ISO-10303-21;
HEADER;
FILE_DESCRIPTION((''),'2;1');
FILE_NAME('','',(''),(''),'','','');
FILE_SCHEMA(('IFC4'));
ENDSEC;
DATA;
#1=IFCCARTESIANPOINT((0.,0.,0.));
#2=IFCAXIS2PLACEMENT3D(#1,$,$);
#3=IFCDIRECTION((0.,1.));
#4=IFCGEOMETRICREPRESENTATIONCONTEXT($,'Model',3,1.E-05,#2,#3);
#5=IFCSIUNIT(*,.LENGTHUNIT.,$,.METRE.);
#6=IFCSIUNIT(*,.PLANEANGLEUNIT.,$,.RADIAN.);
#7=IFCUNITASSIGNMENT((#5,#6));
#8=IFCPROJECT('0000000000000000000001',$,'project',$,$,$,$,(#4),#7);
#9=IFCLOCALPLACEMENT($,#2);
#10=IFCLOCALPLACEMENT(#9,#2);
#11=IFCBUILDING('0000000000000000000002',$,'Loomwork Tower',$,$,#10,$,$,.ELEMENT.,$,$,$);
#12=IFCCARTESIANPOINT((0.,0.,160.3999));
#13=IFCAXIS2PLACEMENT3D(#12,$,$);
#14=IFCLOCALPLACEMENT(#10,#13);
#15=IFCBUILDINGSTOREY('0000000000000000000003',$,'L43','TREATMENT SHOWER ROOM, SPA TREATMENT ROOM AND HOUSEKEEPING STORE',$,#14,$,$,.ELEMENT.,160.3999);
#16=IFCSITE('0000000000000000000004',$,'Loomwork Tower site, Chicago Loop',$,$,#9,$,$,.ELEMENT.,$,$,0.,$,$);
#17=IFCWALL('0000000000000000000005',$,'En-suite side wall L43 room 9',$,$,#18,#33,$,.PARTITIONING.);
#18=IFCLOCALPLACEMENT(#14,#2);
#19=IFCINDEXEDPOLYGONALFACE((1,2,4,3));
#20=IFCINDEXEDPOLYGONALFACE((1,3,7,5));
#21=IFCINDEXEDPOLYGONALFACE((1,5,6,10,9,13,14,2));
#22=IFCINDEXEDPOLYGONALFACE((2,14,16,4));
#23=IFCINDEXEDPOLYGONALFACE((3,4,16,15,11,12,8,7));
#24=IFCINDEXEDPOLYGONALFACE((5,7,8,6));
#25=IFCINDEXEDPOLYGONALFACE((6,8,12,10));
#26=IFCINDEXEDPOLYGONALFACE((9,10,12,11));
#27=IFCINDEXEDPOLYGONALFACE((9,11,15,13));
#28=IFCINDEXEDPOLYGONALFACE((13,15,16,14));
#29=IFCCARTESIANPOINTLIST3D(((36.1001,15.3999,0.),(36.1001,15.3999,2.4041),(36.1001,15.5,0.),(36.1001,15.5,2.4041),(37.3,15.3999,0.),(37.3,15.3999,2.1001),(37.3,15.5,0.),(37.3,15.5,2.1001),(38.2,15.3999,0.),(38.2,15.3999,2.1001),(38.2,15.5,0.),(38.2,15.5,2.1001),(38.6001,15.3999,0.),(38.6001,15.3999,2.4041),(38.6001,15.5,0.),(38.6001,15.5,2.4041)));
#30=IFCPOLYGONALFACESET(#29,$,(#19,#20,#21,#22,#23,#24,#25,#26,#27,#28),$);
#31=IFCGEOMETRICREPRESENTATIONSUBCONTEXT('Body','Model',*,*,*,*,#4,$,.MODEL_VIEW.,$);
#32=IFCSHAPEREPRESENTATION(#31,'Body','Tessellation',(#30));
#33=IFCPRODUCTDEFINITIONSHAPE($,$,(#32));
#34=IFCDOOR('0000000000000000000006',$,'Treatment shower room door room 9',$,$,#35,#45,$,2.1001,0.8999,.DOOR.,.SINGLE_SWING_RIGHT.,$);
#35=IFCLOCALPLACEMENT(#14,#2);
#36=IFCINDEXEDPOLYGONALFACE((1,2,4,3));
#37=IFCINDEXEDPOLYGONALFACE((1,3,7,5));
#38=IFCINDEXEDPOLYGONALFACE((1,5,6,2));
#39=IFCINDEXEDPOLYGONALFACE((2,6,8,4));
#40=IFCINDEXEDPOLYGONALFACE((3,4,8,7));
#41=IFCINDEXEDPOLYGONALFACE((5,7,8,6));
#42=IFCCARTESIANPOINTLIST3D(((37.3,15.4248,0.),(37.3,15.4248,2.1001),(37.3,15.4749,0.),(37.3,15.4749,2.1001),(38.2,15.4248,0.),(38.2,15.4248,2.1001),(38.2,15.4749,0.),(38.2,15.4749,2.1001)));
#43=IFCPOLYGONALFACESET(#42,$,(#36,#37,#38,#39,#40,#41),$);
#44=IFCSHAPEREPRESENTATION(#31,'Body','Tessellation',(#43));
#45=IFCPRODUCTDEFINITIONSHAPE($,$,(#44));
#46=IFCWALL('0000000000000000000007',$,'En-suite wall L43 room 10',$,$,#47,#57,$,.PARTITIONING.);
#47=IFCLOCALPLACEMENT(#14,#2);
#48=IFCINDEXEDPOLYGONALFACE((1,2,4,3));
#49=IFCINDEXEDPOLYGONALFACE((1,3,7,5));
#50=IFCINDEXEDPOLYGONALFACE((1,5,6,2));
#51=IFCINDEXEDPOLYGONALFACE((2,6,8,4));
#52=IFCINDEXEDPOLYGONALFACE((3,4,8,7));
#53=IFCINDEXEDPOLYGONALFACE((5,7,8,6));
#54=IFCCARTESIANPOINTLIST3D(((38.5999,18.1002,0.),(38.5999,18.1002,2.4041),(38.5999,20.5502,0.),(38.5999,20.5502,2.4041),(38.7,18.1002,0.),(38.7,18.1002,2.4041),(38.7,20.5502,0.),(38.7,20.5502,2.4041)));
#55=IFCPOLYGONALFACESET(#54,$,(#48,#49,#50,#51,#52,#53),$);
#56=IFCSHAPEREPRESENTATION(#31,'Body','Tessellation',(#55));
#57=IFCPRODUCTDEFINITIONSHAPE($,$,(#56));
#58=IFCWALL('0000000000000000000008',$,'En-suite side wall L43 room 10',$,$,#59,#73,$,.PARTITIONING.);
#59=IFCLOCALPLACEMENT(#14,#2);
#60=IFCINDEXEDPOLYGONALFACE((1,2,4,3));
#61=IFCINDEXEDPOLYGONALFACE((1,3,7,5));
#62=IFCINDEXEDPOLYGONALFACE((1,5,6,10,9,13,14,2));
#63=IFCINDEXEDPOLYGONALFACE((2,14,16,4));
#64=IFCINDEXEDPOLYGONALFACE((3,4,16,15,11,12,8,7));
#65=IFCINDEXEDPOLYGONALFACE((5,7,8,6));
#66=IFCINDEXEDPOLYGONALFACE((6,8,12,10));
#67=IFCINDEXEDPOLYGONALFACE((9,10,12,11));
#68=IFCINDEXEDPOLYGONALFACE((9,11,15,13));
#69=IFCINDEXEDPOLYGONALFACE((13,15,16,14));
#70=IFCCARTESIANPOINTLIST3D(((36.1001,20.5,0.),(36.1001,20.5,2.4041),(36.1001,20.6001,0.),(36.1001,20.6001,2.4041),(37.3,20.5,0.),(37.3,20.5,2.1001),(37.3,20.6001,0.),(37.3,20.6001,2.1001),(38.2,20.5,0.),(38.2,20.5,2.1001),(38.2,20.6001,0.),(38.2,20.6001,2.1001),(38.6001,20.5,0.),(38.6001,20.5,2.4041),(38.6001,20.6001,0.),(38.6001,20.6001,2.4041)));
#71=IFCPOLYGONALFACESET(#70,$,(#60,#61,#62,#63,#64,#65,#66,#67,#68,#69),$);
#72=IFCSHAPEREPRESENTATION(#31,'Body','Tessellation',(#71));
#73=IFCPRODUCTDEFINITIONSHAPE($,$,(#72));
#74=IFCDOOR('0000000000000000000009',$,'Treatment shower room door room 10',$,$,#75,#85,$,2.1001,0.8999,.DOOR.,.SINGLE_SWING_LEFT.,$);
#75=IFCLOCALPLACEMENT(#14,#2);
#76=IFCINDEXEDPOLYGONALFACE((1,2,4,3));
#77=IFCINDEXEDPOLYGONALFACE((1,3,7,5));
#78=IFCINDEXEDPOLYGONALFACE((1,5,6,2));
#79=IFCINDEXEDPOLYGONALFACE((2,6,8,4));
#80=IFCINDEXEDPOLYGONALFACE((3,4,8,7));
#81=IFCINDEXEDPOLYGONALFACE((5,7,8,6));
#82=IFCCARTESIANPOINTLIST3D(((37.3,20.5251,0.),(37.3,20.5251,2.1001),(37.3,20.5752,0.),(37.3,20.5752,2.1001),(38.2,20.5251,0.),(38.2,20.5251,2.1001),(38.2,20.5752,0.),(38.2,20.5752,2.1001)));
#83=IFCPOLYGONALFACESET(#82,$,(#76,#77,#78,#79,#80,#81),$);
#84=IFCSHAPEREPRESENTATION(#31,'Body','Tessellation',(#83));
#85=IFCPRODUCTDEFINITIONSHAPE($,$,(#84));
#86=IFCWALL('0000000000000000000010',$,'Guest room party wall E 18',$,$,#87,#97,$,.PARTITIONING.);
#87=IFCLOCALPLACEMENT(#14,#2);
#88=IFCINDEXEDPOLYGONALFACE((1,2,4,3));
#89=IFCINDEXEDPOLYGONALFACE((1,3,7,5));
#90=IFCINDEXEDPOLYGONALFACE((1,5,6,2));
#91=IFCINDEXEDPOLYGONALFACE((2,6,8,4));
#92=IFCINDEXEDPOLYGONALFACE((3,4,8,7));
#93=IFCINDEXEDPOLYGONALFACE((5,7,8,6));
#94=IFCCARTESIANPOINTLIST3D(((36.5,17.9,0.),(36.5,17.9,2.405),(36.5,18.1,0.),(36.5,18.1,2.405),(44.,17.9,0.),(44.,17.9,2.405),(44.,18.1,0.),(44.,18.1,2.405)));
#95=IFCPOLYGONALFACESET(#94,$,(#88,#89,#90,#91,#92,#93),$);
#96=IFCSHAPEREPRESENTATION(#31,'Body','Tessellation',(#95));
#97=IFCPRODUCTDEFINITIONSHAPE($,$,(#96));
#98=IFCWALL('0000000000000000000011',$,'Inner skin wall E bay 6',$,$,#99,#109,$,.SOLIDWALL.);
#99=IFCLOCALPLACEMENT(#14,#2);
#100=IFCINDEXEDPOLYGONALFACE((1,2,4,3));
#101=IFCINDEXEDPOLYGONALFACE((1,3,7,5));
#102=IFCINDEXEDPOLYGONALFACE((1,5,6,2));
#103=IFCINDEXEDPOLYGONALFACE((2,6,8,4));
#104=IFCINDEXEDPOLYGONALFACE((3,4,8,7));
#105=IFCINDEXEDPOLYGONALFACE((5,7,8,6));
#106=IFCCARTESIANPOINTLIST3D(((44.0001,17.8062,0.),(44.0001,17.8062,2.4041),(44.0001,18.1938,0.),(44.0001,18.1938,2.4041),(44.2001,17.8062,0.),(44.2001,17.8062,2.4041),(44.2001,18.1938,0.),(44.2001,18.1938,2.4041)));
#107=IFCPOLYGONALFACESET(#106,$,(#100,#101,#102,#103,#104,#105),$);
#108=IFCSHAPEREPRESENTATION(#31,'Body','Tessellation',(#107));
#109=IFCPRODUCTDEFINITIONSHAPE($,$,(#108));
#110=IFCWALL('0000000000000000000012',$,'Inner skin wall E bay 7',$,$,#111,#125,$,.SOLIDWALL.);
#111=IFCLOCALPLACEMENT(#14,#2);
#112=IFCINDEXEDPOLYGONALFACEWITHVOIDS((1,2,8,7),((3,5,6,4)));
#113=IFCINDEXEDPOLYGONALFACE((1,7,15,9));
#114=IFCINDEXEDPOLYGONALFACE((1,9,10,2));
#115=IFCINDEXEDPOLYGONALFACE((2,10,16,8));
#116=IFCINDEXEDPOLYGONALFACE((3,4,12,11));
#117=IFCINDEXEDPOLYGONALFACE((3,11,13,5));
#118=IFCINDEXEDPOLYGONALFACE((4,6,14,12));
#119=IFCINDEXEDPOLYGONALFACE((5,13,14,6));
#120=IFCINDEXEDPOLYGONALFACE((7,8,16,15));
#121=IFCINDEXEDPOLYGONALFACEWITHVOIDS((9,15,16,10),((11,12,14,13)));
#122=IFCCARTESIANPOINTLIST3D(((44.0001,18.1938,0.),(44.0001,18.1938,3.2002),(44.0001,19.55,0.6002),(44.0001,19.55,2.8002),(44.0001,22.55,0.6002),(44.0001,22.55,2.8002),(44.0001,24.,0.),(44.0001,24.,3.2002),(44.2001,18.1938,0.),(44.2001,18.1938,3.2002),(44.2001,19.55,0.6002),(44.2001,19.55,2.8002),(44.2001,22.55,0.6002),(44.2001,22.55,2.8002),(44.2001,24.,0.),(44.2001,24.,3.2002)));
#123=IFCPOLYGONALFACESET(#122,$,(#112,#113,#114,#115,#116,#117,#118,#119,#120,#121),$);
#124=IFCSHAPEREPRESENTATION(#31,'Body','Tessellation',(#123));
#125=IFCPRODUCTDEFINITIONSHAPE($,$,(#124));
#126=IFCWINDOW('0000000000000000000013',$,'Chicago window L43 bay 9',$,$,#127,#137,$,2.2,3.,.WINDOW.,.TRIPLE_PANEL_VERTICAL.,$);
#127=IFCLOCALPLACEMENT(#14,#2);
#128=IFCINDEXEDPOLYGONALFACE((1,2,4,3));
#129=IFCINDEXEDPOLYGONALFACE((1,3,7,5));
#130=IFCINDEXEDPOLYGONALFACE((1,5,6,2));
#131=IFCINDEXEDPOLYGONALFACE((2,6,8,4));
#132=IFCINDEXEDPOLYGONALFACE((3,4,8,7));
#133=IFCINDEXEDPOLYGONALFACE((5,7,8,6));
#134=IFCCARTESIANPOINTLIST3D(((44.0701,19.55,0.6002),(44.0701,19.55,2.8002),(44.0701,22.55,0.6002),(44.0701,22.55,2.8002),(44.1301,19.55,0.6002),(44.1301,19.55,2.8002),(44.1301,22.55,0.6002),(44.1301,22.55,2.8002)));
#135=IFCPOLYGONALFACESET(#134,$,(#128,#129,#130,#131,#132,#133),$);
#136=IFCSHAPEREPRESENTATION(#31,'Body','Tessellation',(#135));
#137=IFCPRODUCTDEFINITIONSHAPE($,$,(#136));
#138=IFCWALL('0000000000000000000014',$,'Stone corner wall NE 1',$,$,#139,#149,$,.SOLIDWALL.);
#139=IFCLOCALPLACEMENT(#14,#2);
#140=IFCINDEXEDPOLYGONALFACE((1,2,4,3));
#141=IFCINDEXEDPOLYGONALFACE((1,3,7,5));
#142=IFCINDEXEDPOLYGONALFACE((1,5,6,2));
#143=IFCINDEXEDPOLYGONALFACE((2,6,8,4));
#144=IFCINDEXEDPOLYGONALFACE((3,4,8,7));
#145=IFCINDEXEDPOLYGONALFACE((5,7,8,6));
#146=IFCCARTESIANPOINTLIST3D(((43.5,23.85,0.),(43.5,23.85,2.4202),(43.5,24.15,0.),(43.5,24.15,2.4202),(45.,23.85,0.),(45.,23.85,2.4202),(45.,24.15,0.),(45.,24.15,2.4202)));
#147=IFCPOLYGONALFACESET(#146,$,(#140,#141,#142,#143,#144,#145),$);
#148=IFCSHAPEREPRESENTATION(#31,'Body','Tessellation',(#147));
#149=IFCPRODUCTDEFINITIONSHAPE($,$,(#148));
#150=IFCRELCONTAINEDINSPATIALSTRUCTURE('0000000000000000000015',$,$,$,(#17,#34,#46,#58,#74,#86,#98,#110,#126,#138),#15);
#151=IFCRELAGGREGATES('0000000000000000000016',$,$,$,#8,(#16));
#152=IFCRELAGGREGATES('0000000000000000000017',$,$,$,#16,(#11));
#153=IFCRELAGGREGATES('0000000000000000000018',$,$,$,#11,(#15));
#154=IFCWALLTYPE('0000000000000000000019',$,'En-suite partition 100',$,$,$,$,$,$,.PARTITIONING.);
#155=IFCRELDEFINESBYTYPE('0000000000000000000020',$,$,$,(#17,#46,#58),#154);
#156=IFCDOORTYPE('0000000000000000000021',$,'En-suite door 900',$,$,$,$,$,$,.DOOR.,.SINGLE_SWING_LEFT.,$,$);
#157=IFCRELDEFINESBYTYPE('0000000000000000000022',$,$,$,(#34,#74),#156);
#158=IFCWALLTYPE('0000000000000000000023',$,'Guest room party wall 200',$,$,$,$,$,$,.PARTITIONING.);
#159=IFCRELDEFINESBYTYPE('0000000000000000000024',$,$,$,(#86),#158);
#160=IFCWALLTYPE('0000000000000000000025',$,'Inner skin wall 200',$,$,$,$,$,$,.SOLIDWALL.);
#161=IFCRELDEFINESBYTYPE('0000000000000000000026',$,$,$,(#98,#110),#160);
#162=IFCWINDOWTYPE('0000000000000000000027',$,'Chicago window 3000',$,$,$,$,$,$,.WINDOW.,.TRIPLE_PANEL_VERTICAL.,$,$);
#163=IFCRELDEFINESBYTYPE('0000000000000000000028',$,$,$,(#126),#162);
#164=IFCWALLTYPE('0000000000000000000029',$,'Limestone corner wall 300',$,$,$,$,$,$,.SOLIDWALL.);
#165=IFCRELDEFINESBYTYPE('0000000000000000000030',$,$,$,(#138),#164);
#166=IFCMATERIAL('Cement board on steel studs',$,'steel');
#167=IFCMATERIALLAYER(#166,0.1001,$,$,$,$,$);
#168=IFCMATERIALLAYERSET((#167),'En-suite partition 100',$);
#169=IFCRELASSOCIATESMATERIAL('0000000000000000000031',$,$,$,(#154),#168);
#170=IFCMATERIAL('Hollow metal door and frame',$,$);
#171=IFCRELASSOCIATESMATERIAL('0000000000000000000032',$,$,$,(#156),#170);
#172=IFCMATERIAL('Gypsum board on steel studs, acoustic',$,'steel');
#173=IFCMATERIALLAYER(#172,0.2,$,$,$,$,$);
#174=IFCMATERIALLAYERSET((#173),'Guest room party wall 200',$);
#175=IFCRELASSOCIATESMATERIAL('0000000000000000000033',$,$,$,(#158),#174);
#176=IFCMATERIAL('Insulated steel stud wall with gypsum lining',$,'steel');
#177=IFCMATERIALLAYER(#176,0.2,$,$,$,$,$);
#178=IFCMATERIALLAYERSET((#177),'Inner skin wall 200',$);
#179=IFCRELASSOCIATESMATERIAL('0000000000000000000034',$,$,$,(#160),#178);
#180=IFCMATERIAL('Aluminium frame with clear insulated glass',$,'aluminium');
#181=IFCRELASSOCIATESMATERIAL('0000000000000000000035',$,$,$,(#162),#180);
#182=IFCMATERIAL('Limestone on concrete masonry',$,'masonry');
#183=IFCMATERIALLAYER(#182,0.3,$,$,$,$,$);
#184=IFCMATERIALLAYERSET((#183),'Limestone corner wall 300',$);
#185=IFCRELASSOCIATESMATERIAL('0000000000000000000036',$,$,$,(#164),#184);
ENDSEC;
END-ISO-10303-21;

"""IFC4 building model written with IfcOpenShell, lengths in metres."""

from ifc_helpers import new_model, si_unit, direction, frame, frame_2d, origin, place, context, subcontext, project, spatial, rectangle, extrude, material, layer, layer_set, type_object, element, fill, save


model = new_model("IFC4")

# Units and contexts
model_context = context("Model", 3, precision=1e-05, world=origin(), true_north=direction((0.0, 1.0)))
body_context = subcontext(model_context, "Body", "Model", "MODEL_VIEW")
ifc_project = project(units=[si_unit("LENGTHUNIT", "METRE"), si_unit("PLANEANGLEUNIT", "RADIAN")], contexts=[model_context])

# Site, building, storey
site_placement = place(None, origin())
site = spatial("IfcSite", under=ifc_project, at=site_placement, Name="Loomwork Tower site, Chicago Loop", CompositionType="ELEMENT", RefElevation=0.0)
building_placement = place(site_placement, origin())
building = spatial("IfcBuilding", under=site, at=building_placement, Name="Loomwork Tower", CompositionType="ELEMENT")
storey_placement = place(building_placement, frame((0.0, 0.0, 160.3999)))
storey = spatial("IfcBuildingStorey", under=building, at=storey_placement, Name="L43", Description="TREATMENT SHOWER ROOM, SPA TREATMENT ROOM AND HOUSEKEEPING STORE", CompositionType="ELEMENT", Elevation=160.3999)

# Shared definitions
ifc_material_1 = material(Name="Cement board on steel studs", Category="steel")
ifc_layer_1 = layer(ifc_material_1, 0.1001)
ifc_layer_set_1 = layer_set([ifc_layer_1], Name="En-suite partition 100")
wall_type_1 = type_object("IfcWallType", Name="En-suite partition 100", PredefinedType="PARTITIONING", material=ifc_layer_set_1)

# Wall, opening, door
wall_1_placement = place(storey_placement, frame((36.1001, 15.45, 0.0), z_axis=(0.0, 0.0, 1.0), x_axis=(1.0, 0.0, 0.0)))
wall_1 = element("IfcWall", 1, at=wall_1_placement, inside=storey, type_object=wall_type_1, Name="En-suite side wall L43 room 9", PredefinedType="PARTITIONING", context=body_context, shape_type="SweptSolid", body=[
    extrude(rectangle(XDim=2.5, YDim=0.1001, at=frame_2d((1.25, 0.0))), origin(), (0.0, 0.0, 1.0), 2.4041),
])
opening_1_placement = place(wall_1_placement, frame((1.2, 0.0, 0.0)))
opening_1 = element("IfcOpeningElement", 2, at=opening_1_placement, cuts=wall_1, PredefinedType="OPENING", context=body_context, shape_type="SweptSolid", body=[
    extrude(rectangle(XDim=0.8999, YDim=2.1001, at=frame_2d((0.45, 1.05))), frame((0.0, 0.0601, 0.0), z_axis=(0.0, -1.0, 0.0), x_axis=(1.0, 0.0, 0.0)), (0.0, 0.0, 1.0), 0.1201),
])
ifc_material_2 = material(Name="Hollow metal door and frame")
door_type = type_object("IfcDoorType", Name="En-suite door 900", OperationType="SINGLE_SWING_LEFT", PredefinedType="DOOR", material=ifc_material_2)
door_1_placement = place(opening_1_placement, origin())
door_1 = element("IfcDoor", 3, at=door_1_placement, inside=storey, type_object=door_type, Name="Treatment shower room door room 9", OperationType="SINGLE_SWING_RIGHT", OverallHeight=2.1001, OverallWidth=0.8999, PredefinedType="DOOR", context=body_context, shape_type="SweptSolid", body=[
    extrude(rectangle(XDim=0.8999, YDim=2.1001, at=frame_2d((0.45, 1.05))), frame((0.0, 0.0249, 0.0), z_axis=(0.0, -1.0, 0.0), x_axis=(1.0, 0.0, 0.0)), (0.0, 0.0, 1.0), 0.05),
])
fill(opening_1, door_1)

# Wall
wall_2_placement = place(storey_placement, frame((38.6499, 18.1001, 0.0), z_axis=(0.0, 0.0, 1.0), x_axis=(0.0, 1.0, 0.0)))
element("IfcWall", 4, at=wall_2_placement, inside=storey, type_object=wall_type_1, Name="En-suite wall L43 room 10", PredefinedType="PARTITIONING", context=body_context, shape_type="SweptSolid", body=[
    extrude(rectangle(XDim=2.45, YDim=0.1001, at=frame_2d((1.2251, 0.0))), origin(), (0.0, 0.0, 1.0), 2.4041),
])

# Wall, opening, door
wall_3_placement = place(storey_placement, frame((36.1001, 20.55, 0.0), z_axis=(0.0, 0.0, 1.0), x_axis=(1.0, 0.0, 0.0)))
wall_3 = element("IfcWall", 5, at=wall_3_placement, inside=storey, type_object=wall_type_1, Name="En-suite side wall L43 room 10", PredefinedType="PARTITIONING", context=body_context, shape_type="SweptSolid", body=[
    extrude(rectangle(XDim=2.5, YDim=0.1001, at=frame_2d((1.25, 0.0))), origin(), (0.0, 0.0, 1.0), 2.4041),
])
opening_2_placement = place(wall_3_placement, frame((1.2, 0.0, 0.0)))
opening_2 = element("IfcOpeningElement", 6, at=opening_2_placement, cuts=wall_3, PredefinedType="OPENING", context=body_context, shape_type="SweptSolid", body=[
    extrude(rectangle(XDim=0.8999, YDim=2.1001, at=frame_2d((0.45, 1.05))), frame((0.0, 0.0601, 0.0), z_axis=(0.0, -1.0, 0.0), x_axis=(1.0, 0.0, 0.0)), (0.0, 0.0, 1.0), 0.1201),
])
door_2_placement = place(opening_2_placement, frame((0.8999, 0.0, 0.0), z_axis=(0.0, 0.0, 1.0), x_axis=(-1.0, 0.0, 0.0)))
door_2 = element("IfcDoor", 7, at=door_2_placement, inside=storey, type_object=door_type, Name="Treatment shower room door room 10", OperationType="SINGLE_SWING_LEFT", OverallHeight=2.1001, OverallWidth=0.8999, PredefinedType="DOOR", context=body_context, shape_type="SweptSolid", body=[
    extrude(rectangle(XDim=0.8999, YDim=2.1001, at=frame_2d((0.45, 1.05))), frame((0.0, 0.0249, 0.0), z_axis=(0.0, -1.0, 0.0), x_axis=(1.0, 0.0, 0.0)), (0.0, 0.0, 1.0), 0.05),
])
fill(opening_2, door_2)

# Walls
ifc_material_3 = material(Name="Gypsum board on steel studs, acoustic", Category="steel")
ifc_layer_2 = layer(ifc_material_3, 0.2)
ifc_layer_set_2 = layer_set([ifc_layer_2], Name="Guest room party wall 200")
wall_type_2 = type_object("IfcWallType", Name="Guest room party wall 200", PredefinedType="PARTITIONING", material=ifc_layer_set_2)
wall_4_placement = place(storey_placement, frame((36.5, 18.0, 0.0), z_axis=(0.0, 0.0, 1.0), x_axis=(1.0, 0.0, 0.0)))
element("IfcWall", 8, at=wall_4_placement, inside=storey, type_object=wall_type_2, Name="Guest room party wall E 18", PredefinedType="PARTITIONING", context=body_context, shape_type="SweptSolid", body=[
    extrude(rectangle(XDim=7.5, YDim=0.2, at=frame_2d((3.75, 0.0))), origin(), (0.0, 0.0, 1.0), 2.405),
])
ifc_material_4 = material(Name="Insulated steel stud wall with gypsum lining", Category="steel")
ifc_layer_3 = layer(ifc_material_4, 0.2)
ifc_layer_set_3 = layer_set([ifc_layer_3], Name="Inner skin wall 200")
wall_type_3 = type_object("IfcWallType", Name="Inner skin wall 200", PredefinedType="SOLIDWALL", material=ifc_layer_set_3)
wall_5_placement = place(storey_placement, frame((44.1001, 17.8062, 0.0), z_axis=(0.0, 0.0, 1.0), x_axis=(0.0, 1.0, 0.0)))
element("IfcWall", 9, at=wall_5_placement, inside=storey, type_object=wall_type_3, Name="Inner skin wall E bay 6", PredefinedType="SOLIDWALL", context=body_context, shape_type="SweptSolid", body=[
    extrude(rectangle(XDim=0.3877, YDim=0.2, at=frame_2d((0.1938, 0.0))), origin(), (0.0, 0.0, 1.0), 2.4041),
])

# Wall, opening, window
wall_6_placement = place(storey_placement, frame((44.1001, 18.1938, 0.0), z_axis=(0.0, 0.0, 1.0), x_axis=(0.0, 1.0, 0.0)))
wall_6 = element("IfcWall", 10, at=wall_6_placement, inside=storey, type_object=wall_type_3, Name="Inner skin wall E bay 7", PredefinedType="SOLIDWALL", context=body_context, shape_type="SweptSolid", body=[
    extrude(rectangle(XDim=5.8062, YDim=0.2, at=frame_2d((2.9031, 0.0))), origin(), (0.0, 0.0, 1.0), 3.2002),
])
opening_3_placement = place(wall_6_placement, frame((1.3562, 0.0, 0.6001)))
opening_3 = element("IfcOpeningElement", 11, at=opening_3_placement, cuts=wall_6, PredefinedType="OPENING", context=body_context, shape_type="SweptSolid", body=[
    extrude(rectangle(XDim=3.0, YDim=2.2, at=frame_2d((1.5, 1.1001))), frame((0.0, 0.1099, 0.0), z_axis=(0.0, -1.0, 0.0), x_axis=(1.0, 0.0, 0.0)), (0.0, 0.0, 1.0), 0.22),
])
ifc_material_5 = material(Name="Aluminium frame with clear insulated glass", Category="aluminium")
window_type_1 = type_object("IfcWindowType", Name="Chicago window 3000", PartitioningType="TRIPLE_PANEL_VERTICAL", PredefinedType="WINDOW", material=ifc_material_5)
window_1_placement = place(opening_3_placement, origin())
window_1 = element("IfcWindow", 12, at=window_1_placement, inside=storey, type_object=window_type_1, Name="Chicago window L43 bay 9", OverallHeight=2.2, OverallWidth=3.0, PartitioningType="TRIPLE_PANEL_VERTICAL", PredefinedType="WINDOW", context=body_context, shape_type="SweptSolid", body=[
    extrude(rectangle(XDim=3.0, YDim=2.2, at=frame_2d((1.5, 1.1001))), frame((0.0, 0.03, 0.0), z_axis=(0.0, -1.0, 0.0), x_axis=(1.0, 0.0, 0.0)), (0.0, 0.0, 1.0), 0.0601),
])
fill(opening_3, window_1)

# Wall
ifc_material_6 = material(Name="Limestone on concrete masonry", Category="masonry")
ifc_layer_4 = layer(ifc_material_6, 0.3)
ifc_layer_set_4 = layer_set([ifc_layer_4], Name="Limestone corner wall 300")
wall_type_4 = type_object("IfcWallType", Name="Limestone corner wall 300", PredefinedType="SOLIDWALL", material=ifc_layer_set_4)
wall_7_placement = place(storey_placement, frame((45.0, 24.0, 0.0), z_axis=(0.0, 0.0, 1.0), x_axis=(-1.0, 0.0, 0.0)))
element("IfcWall", 13, at=wall_7_placement, inside=storey, type_object=wall_type_4, Name="Stone corner wall NE 1", PredefinedType="SOLIDWALL", context=body_context, shape_type="SweptSolid", body=[
    extrude(rectangle(XDim=1.5, YDim=0.3, at=frame_2d((0.75, 0.0))), origin(), (0.0, 0.0, 1.0), 2.4202),
])

save(model, "model.ifc")
